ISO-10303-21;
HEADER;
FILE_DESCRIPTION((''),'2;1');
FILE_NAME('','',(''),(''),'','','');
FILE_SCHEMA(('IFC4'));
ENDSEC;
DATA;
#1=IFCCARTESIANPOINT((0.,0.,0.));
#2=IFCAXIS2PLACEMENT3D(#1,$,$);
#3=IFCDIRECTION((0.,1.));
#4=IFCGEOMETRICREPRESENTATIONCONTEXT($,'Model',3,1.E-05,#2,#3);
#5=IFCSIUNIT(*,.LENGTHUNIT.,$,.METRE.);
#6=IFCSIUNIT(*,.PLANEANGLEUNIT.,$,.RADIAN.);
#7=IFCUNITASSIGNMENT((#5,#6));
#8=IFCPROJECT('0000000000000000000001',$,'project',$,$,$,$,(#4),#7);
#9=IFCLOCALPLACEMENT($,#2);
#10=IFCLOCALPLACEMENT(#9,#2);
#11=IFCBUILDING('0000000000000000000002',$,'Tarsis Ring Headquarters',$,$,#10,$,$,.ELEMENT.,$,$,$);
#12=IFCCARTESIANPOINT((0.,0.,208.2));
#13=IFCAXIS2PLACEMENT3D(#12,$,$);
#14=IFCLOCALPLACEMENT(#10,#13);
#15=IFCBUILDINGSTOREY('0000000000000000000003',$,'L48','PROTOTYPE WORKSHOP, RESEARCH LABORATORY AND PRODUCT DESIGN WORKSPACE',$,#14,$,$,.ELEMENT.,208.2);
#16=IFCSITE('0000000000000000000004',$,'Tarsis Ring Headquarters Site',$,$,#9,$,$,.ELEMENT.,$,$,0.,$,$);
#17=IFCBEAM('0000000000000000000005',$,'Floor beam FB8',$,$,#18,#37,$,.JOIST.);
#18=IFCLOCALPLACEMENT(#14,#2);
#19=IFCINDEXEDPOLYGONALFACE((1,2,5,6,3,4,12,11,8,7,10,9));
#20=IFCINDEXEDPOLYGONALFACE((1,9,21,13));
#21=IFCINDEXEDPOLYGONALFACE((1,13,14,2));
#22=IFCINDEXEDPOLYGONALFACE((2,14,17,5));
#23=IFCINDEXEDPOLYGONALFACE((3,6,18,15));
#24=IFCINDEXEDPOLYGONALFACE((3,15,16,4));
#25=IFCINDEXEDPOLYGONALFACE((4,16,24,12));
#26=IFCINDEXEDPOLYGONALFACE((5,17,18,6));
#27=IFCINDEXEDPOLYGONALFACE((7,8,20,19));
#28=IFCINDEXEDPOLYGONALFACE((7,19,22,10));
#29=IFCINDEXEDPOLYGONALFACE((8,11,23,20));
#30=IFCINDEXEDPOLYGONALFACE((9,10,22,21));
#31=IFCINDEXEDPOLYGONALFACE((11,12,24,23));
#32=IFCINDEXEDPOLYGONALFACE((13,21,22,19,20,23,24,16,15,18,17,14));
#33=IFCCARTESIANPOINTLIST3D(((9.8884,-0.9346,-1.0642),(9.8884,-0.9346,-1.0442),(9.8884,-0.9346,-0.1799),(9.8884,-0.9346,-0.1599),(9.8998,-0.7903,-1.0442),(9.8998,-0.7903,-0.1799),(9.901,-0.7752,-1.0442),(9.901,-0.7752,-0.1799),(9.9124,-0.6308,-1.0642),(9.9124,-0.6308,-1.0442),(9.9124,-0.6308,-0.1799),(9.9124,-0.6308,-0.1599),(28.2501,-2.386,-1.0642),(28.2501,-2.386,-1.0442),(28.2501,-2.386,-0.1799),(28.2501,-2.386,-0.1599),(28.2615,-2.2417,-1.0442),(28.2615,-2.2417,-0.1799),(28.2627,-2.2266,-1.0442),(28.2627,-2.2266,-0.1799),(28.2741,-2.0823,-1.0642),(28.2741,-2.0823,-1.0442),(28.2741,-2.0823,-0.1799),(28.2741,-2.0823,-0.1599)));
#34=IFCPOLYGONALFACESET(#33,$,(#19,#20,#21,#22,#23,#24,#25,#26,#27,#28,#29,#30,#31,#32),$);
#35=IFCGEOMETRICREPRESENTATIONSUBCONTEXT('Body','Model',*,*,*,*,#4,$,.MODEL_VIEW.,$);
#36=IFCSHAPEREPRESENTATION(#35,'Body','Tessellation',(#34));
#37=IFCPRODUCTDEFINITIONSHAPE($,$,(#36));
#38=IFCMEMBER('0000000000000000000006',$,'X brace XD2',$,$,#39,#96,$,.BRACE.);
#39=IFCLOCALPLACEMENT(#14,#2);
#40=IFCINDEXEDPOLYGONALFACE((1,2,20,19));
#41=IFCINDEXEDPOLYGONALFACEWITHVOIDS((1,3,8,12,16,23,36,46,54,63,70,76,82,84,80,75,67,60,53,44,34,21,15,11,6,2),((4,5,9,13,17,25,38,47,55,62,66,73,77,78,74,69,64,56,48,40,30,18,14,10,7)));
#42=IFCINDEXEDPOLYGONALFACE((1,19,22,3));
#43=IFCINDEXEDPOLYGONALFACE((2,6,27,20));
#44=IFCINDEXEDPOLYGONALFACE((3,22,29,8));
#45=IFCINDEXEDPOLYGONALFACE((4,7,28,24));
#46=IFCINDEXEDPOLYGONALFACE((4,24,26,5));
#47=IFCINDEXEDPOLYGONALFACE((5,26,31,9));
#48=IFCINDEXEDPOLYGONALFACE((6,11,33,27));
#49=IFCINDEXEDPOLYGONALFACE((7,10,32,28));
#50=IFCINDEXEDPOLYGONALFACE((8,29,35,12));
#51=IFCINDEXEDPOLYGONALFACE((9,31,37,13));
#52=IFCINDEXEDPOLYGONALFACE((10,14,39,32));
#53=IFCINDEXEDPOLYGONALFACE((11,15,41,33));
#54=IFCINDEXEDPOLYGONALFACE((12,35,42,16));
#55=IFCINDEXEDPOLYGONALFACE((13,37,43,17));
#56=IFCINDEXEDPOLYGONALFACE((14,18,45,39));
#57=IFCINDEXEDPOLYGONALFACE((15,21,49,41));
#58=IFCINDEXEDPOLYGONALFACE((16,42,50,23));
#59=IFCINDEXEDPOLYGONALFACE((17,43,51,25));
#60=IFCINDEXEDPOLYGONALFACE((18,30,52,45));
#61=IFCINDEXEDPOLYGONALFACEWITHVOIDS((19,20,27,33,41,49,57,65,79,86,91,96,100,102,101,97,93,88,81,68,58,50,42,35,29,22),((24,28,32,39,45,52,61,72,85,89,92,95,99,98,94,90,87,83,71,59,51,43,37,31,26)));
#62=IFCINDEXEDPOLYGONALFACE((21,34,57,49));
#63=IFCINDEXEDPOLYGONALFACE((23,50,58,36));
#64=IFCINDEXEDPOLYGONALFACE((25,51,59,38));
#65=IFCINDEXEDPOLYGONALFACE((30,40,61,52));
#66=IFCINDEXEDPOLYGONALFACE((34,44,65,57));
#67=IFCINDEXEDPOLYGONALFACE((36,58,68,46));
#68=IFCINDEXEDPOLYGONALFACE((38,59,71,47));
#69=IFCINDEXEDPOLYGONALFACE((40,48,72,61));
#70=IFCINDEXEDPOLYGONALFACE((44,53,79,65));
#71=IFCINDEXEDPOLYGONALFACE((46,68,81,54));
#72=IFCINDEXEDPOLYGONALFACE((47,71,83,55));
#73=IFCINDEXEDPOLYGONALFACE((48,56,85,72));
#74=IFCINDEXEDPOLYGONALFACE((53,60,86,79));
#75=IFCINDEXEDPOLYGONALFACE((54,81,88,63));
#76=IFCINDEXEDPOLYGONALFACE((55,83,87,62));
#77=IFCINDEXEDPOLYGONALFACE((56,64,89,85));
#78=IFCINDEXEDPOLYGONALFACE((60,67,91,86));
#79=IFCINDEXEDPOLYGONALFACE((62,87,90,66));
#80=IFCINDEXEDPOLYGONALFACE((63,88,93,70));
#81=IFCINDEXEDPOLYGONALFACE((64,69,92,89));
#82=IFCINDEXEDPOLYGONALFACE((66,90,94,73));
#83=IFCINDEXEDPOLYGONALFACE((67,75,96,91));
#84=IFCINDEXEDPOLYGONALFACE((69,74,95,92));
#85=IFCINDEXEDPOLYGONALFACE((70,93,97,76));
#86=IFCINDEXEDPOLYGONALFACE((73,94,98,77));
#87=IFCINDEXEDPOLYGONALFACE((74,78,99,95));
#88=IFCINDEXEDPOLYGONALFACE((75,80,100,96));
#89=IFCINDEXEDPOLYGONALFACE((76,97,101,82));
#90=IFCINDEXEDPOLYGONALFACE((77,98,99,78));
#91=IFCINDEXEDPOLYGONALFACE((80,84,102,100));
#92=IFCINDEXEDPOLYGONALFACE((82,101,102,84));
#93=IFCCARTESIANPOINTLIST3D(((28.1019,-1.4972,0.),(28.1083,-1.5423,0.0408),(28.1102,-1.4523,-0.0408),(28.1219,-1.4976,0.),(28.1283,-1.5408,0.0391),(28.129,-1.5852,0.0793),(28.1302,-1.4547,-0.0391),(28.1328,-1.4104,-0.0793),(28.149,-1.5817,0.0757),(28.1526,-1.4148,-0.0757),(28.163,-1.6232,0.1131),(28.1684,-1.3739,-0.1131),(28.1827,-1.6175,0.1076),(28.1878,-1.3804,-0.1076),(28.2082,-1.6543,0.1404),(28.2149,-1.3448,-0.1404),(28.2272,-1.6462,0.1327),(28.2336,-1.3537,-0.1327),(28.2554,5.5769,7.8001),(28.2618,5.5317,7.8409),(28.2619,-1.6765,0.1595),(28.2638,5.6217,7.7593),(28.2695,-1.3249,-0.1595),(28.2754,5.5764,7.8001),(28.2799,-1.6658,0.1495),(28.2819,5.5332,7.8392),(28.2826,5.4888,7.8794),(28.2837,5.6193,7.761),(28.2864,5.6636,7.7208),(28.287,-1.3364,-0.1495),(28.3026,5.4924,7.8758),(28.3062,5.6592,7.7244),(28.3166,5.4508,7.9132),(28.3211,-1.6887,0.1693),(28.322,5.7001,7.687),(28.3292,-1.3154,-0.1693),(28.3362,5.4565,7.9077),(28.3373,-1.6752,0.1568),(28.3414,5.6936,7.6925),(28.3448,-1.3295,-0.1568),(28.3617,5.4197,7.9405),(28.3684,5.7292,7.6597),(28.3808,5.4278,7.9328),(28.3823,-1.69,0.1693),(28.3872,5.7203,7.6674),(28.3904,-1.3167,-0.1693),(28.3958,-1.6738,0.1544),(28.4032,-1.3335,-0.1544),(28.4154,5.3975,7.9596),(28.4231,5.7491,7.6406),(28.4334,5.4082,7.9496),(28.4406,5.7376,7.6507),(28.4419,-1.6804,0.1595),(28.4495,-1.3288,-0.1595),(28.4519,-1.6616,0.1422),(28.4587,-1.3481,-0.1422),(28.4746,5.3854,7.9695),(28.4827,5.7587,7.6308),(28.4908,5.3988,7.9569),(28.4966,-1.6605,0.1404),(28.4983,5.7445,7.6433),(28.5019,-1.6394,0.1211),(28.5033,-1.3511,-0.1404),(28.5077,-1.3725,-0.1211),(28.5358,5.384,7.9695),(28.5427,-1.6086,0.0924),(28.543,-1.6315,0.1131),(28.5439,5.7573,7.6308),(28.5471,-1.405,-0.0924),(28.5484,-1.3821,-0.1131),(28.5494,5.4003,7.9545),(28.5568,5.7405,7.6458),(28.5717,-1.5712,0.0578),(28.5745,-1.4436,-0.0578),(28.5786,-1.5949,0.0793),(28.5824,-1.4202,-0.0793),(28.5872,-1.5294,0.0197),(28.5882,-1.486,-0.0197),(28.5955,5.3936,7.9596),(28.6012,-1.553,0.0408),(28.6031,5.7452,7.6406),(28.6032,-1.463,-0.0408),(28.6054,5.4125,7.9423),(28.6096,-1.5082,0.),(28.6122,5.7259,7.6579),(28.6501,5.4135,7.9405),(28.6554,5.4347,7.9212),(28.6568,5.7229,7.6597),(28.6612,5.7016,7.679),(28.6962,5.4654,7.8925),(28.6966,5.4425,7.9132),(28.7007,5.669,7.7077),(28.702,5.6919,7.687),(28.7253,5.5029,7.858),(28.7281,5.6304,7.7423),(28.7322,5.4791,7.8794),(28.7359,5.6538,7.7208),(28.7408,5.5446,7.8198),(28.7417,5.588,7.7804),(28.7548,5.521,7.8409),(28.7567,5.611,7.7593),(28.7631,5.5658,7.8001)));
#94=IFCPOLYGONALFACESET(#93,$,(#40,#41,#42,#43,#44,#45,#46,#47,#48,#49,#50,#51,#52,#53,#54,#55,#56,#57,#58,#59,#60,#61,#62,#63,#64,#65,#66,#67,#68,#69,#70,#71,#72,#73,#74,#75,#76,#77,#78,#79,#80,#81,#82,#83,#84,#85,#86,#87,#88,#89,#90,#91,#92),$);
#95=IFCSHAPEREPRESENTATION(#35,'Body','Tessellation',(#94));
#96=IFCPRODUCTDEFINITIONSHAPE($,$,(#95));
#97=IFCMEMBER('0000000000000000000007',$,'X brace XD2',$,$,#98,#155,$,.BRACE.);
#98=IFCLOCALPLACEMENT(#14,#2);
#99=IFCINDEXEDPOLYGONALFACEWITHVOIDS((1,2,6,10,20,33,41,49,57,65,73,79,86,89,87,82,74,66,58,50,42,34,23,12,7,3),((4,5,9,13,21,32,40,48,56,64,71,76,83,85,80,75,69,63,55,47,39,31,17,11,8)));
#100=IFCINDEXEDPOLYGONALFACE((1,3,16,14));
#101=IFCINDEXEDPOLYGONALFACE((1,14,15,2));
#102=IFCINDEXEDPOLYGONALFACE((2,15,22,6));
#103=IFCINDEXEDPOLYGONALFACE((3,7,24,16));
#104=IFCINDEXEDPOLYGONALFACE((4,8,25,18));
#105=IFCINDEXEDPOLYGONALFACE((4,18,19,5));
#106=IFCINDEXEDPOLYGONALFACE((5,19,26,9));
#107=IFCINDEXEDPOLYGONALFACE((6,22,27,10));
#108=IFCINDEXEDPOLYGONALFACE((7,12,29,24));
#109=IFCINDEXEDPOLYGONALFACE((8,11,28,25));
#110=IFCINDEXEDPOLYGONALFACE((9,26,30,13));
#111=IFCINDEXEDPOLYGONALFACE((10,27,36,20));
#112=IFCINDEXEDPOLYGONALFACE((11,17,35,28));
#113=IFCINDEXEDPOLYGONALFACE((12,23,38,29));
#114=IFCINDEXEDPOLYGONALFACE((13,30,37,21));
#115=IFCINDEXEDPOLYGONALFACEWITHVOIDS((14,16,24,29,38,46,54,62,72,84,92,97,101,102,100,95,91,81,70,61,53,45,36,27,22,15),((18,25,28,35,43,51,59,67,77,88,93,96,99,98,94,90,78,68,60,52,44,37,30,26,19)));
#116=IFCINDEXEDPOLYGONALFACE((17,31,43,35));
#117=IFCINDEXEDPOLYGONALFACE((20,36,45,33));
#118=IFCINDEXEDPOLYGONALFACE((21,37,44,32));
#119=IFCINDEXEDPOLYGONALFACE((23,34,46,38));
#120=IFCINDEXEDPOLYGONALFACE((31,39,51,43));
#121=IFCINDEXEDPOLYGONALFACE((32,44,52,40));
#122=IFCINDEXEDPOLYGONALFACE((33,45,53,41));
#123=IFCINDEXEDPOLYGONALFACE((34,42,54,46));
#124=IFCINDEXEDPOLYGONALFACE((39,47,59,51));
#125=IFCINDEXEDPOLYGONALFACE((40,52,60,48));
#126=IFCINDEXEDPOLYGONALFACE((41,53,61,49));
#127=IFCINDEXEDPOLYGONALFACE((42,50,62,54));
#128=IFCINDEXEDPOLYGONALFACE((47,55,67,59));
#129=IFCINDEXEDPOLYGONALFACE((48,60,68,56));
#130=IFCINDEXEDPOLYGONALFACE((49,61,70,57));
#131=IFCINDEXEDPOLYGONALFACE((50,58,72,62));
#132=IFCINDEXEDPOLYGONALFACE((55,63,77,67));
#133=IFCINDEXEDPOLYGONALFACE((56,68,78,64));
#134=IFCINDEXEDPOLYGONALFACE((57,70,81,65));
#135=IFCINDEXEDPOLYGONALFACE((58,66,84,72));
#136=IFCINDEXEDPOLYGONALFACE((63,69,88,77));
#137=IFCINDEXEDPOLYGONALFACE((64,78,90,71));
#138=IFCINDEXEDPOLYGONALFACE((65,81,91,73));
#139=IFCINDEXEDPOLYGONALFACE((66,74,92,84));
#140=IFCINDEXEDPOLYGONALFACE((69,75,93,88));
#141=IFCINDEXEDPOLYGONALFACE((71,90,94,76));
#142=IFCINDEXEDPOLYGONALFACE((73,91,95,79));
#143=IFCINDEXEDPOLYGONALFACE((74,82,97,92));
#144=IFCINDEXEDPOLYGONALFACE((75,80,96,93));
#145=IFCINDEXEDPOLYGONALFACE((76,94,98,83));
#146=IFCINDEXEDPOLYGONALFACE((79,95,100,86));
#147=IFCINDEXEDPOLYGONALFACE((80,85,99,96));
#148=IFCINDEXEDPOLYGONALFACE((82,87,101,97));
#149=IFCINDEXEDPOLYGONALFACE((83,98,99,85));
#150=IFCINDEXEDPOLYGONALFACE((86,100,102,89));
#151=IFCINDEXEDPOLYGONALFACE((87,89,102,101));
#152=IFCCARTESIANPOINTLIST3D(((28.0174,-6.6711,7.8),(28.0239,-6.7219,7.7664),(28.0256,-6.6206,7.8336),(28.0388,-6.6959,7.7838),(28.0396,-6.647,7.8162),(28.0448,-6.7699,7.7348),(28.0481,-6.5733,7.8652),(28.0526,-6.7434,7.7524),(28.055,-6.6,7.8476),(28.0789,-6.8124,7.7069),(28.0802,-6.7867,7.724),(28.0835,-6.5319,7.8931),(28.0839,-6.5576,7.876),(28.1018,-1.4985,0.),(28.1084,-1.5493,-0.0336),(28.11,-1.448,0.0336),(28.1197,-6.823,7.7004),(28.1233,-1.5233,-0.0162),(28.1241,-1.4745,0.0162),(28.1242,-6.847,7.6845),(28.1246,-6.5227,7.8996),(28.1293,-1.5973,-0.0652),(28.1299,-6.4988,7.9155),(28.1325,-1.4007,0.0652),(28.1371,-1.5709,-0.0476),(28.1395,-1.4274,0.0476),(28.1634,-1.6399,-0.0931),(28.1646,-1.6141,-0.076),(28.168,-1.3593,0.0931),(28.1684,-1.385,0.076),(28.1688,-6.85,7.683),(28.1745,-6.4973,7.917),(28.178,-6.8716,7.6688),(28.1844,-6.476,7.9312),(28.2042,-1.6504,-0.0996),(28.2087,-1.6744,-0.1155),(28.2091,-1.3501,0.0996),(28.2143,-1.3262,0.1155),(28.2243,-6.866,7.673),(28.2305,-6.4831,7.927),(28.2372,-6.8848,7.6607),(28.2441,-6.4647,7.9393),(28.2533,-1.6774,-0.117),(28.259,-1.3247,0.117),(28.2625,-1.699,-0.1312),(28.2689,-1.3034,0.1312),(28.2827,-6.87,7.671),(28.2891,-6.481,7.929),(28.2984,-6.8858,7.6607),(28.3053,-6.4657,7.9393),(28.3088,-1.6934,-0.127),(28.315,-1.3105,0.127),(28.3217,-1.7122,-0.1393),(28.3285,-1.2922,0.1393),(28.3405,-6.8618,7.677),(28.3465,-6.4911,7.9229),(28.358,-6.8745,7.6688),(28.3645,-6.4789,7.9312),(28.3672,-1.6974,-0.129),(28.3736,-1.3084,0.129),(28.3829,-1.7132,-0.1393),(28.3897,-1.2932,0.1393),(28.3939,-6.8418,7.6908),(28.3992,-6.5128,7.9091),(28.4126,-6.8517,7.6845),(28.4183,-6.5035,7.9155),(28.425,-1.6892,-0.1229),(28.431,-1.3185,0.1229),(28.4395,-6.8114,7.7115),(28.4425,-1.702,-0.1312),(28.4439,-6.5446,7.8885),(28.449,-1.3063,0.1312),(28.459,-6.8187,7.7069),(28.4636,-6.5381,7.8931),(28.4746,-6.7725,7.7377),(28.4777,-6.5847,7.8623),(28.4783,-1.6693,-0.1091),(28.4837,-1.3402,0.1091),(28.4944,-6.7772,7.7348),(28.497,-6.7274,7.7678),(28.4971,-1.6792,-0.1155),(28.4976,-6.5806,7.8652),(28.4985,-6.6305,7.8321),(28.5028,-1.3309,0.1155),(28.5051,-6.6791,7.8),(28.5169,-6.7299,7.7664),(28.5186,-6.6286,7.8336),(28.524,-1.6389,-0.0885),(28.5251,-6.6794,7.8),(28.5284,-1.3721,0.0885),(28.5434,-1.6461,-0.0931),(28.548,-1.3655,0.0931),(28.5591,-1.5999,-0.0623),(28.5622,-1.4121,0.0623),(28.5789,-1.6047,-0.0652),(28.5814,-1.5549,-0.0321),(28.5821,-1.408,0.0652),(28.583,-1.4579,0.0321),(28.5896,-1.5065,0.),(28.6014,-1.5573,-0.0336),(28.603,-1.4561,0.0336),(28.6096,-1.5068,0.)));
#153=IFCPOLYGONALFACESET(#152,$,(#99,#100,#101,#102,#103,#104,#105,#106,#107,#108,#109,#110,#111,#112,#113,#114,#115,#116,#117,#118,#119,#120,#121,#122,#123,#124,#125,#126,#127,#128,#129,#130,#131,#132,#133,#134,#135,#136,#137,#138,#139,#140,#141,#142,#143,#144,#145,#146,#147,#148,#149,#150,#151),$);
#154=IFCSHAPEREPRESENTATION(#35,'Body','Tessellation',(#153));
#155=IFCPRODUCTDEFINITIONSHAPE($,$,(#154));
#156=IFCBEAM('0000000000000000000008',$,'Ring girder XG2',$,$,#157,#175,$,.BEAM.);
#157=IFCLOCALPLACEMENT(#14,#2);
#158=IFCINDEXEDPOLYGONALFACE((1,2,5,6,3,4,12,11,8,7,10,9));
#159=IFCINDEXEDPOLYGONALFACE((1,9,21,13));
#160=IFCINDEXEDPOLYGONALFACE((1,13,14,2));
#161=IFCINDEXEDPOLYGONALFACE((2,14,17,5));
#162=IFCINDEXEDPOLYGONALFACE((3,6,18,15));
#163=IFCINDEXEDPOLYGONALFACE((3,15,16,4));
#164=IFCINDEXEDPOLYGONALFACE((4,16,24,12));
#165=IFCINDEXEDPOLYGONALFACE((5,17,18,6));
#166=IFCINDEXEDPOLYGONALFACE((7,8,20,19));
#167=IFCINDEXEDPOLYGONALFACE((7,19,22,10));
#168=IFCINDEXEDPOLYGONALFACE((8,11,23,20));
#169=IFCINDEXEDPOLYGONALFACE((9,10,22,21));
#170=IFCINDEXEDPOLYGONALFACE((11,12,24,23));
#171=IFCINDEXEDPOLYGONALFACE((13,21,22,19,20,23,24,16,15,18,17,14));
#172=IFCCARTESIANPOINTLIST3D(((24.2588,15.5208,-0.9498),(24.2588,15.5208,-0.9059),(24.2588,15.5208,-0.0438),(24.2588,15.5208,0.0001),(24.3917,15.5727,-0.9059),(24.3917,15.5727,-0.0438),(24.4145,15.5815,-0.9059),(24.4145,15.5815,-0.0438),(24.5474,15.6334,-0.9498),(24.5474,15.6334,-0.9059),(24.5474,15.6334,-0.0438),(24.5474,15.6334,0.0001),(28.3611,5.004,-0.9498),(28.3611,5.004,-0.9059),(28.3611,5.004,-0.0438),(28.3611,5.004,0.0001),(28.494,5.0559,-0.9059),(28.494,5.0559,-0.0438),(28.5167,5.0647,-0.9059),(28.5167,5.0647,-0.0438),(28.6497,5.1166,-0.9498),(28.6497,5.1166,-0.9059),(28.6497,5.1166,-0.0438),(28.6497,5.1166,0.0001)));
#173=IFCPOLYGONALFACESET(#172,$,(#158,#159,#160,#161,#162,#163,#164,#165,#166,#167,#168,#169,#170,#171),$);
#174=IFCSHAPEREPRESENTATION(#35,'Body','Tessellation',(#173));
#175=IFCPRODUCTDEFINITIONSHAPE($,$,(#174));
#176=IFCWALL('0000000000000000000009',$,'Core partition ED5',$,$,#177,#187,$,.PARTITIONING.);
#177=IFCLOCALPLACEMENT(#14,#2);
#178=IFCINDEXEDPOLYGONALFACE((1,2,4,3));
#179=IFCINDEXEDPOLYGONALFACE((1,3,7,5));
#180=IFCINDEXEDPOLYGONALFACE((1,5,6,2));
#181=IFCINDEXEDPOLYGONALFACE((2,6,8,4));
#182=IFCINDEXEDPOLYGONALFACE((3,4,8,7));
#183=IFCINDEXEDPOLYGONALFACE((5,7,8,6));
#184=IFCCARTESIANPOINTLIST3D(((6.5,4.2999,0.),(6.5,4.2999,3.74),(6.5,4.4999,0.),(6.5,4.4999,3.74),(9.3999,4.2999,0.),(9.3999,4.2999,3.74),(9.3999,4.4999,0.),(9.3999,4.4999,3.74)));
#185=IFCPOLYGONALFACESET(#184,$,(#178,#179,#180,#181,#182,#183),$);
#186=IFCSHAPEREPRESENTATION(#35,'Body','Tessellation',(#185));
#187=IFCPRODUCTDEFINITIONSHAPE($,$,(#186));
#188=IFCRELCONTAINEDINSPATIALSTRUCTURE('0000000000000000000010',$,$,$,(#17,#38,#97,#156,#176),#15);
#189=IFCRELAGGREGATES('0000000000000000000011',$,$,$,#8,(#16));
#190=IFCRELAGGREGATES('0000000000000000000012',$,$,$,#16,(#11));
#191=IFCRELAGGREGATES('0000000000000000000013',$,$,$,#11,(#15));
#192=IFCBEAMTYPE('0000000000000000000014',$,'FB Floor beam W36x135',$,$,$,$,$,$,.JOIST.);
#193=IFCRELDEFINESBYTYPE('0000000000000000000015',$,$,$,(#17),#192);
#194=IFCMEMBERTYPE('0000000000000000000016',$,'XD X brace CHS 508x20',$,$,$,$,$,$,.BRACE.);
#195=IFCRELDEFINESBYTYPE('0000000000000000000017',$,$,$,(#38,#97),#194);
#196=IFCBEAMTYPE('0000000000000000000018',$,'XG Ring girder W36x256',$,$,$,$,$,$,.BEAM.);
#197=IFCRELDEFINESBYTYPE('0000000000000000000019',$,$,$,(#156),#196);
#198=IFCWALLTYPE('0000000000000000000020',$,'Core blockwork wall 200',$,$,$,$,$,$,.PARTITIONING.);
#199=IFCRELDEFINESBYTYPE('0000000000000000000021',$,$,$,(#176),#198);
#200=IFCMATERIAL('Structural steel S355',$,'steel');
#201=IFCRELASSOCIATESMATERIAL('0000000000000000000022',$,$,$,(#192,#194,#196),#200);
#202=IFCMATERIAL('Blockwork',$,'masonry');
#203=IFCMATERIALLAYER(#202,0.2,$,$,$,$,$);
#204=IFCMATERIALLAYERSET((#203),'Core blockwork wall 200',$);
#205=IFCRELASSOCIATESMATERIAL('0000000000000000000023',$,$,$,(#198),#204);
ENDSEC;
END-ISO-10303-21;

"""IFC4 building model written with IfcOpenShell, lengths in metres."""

from ifc_helpers import new_model, si_unit, direction, frame, frame_2d, origin, origin_2d, place, context, subcontext, project, spatial, rectangle, hollow_circle, i_section, extrude, material, layer, layer_set, material_profile, profile_set, type_object, element, save


model = new_model("IFC4")

# Units and contexts
model_context = context("Model", 3, precision=1e-05, world=origin(), true_north=direction((0.0, 1.0)))
body_context = subcontext(model_context, "Body", "Model", "MODEL_VIEW")
ifc_project = project(units=[si_unit("LENGTHUNIT", "METRE"), si_unit("PLANEANGLEUNIT", "RADIAN")], contexts=[model_context])

# Site, building, storey
site_placement = place(None, origin())
site = spatial("IfcSite", under=ifc_project, at=site_placement, Name="Tarsis Ring Headquarters Site", CompositionType="ELEMENT", RefElevation=0.0)
building_placement = place(site_placement, origin())
building = spatial("IfcBuilding", under=site, at=building_placement, Name="Tarsis Ring Headquarters", CompositionType="ELEMENT")
storey_placement = place(building_placement, frame((0.0, 0.0, 208.2)))
storey = spatial("IfcBuildingStorey", under=building, at=storey_placement, Name="L48", Description="PROTOTYPE WORKSHOP, RESEARCH LABORATORY AND PRODUCT DESIGN WORKSPACE", CompositionType="ELEMENT", Elevation=208.2)

# Shared definitions
ifc_material_1 = material(Name="Structural steel S355", Category="steel")

# Beam
ifc_material_profile_1 = material_profile(ifc_material_1, i_section(OverallWidth=0.3047, OverallDepth=0.9043, WebThickness=0.0151, FlangeThickness=0.02, at=origin_2d()), Name="W36x135")
ifc_profile_set_1 = profile_set([ifc_material_profile_1], Name="Structural steel S355")
beam_type_1 = type_object("IfcBeamType", Name="FB Floor beam W36x135", PredefinedType="JOIST", material=ifc_profile_set_1)
beam_1_placement = place(storey_placement, frame((9.9004, -0.7827, -0.6121), z_axis=(0.99689, -0.078801, 0.0), x_axis=(0.078801, 0.99689, 0.0)))
element("IfcBeam", 1, at=beam_1_placement, inside=storey, type_object=beam_type_1, Name="Floor beam FB8", PredefinedType="JOIST", context=body_context, shape_type="SweptSolid", body=[
    extrude(i_section(OverallWidth=0.3047, OverallDepth=0.9043, WebThickness=0.0151, FlangeThickness=0.02, at=origin_2d()), origin(), (0.0, 0.0, 1.0), 18.4189),
])

# Members
ifc_material_profile_2 = material_profile(ifc_material_1, hollow_circle(Radius=0.2539, WallThickness=0.02, at=origin_2d()), Name="CHS 508x20")
ifc_profile_set_2 = profile_set([ifc_material_profile_2], Name="Structural steel S355")
member_type = type_object("IfcMemberType", Name="XD X brace CHS 508x20", PredefinedType="BRACE", material=ifc_profile_set_2)
member_1_placement = place(storey_placement, frame((28.3557, -1.5027, 0.0), z_axis=(0.014582, 0.671718, 0.740663), x_axis=(-0.999764, 0.021703, 0.0)))
element("IfcMember", 2, at=member_1_placement, inside=storey, type_object=member_type, Name="X brace XD2", PredefinedType="BRACE", context=body_context, shape_type="SweptSolid", body=[
    extrude(hollow_circle(Radius=0.2539, WallThickness=0.02, at=origin_2d()), origin(), (0.0, 0.0, 1.0), 10.5312),
])
member_2_placement = place(storey_placement, frame((28.3557, -1.5027, 0.0), z_axis=(-0.009025, -0.552647, 0.833366), x_axis=(0.999867, -0.016329, 0.0)))
element("IfcMember", 3, at=member_2_placement, inside=storey, type_object=member_type, Name="X brace XD2", PredefinedType="BRACE", context=body_context, shape_type="SweptSolid", body=[
    extrude(hollow_circle(Radius=0.2539, WallThickness=0.02, at=origin_2d()), origin(), (0.0, 0.0, 1.0), 9.3596),
])

# Beam
ifc_material_profile_3 = material_profile(ifc_material_1, i_section(OverallWidth=0.3098, OverallDepth=0.95, WebThickness=0.0244, FlangeThickness=0.0439, at=origin_2d()), Name="W36x256")
ifc_profile_set_3 = profile_set([ifc_material_profile_3], Name="Structural steel S355")
beam_type_2 = type_object("IfcBeamType", Name="XG Ring girder W36x256", PredefinedType="BEAM", material=ifc_profile_set_3)
beam_2_placement = place(storey_placement, frame((28.5054, 5.0603, -0.4749), z_axis=(-0.363401, 0.931633, 0.0), x_axis=(-0.931633, -0.363401, 0.0)))
element("IfcBeam", 4, at=beam_2_placement, inside=storey, type_object=beam_type_2, Name="Ring girder XG2", PredefinedType="BEAM", context=body_context, shape_type="SweptSolid", body=[
    extrude(i_section(OverallWidth=0.3098, OverallDepth=0.95, WebThickness=0.0244, FlangeThickness=0.0439, at=origin_2d()), origin(), (0.0, 0.0, 1.0), 11.2886),
])

# Wall
ifc_material_2 = material(Name="Blockwork", Category="masonry")
ifc_layer_1 = layer(ifc_material_2, 0.2)
ifc_layer_set_1 = layer_set([ifc_layer_1], Name="Core blockwork wall 200")
wall_type_1 = type_object("IfcWallType", Name="Core blockwork wall 200", PredefinedType="PARTITIONING", material=ifc_layer_set_1)
wall_1_placement = place(storey_placement, frame((6.5, 4.3999, 0.0), z_axis=(0.0, 0.0, 1.0), x_axis=(1.0, 0.0, 0.0)))
element("IfcWall", 5, at=wall_1_placement, inside=storey, type_object=wall_type_1, Name="Core partition ED5", PredefinedType="PARTITIONING", context=body_context, shape_type="SweptSolid", body=[
    extrude(rectangle(XDim=2.8999, YDim=0.2, at=frame_2d((1.45, 0.0))), origin(), (0.0, 0.0, 1.0), 3.74),
])

save(model, "model.ifc")
